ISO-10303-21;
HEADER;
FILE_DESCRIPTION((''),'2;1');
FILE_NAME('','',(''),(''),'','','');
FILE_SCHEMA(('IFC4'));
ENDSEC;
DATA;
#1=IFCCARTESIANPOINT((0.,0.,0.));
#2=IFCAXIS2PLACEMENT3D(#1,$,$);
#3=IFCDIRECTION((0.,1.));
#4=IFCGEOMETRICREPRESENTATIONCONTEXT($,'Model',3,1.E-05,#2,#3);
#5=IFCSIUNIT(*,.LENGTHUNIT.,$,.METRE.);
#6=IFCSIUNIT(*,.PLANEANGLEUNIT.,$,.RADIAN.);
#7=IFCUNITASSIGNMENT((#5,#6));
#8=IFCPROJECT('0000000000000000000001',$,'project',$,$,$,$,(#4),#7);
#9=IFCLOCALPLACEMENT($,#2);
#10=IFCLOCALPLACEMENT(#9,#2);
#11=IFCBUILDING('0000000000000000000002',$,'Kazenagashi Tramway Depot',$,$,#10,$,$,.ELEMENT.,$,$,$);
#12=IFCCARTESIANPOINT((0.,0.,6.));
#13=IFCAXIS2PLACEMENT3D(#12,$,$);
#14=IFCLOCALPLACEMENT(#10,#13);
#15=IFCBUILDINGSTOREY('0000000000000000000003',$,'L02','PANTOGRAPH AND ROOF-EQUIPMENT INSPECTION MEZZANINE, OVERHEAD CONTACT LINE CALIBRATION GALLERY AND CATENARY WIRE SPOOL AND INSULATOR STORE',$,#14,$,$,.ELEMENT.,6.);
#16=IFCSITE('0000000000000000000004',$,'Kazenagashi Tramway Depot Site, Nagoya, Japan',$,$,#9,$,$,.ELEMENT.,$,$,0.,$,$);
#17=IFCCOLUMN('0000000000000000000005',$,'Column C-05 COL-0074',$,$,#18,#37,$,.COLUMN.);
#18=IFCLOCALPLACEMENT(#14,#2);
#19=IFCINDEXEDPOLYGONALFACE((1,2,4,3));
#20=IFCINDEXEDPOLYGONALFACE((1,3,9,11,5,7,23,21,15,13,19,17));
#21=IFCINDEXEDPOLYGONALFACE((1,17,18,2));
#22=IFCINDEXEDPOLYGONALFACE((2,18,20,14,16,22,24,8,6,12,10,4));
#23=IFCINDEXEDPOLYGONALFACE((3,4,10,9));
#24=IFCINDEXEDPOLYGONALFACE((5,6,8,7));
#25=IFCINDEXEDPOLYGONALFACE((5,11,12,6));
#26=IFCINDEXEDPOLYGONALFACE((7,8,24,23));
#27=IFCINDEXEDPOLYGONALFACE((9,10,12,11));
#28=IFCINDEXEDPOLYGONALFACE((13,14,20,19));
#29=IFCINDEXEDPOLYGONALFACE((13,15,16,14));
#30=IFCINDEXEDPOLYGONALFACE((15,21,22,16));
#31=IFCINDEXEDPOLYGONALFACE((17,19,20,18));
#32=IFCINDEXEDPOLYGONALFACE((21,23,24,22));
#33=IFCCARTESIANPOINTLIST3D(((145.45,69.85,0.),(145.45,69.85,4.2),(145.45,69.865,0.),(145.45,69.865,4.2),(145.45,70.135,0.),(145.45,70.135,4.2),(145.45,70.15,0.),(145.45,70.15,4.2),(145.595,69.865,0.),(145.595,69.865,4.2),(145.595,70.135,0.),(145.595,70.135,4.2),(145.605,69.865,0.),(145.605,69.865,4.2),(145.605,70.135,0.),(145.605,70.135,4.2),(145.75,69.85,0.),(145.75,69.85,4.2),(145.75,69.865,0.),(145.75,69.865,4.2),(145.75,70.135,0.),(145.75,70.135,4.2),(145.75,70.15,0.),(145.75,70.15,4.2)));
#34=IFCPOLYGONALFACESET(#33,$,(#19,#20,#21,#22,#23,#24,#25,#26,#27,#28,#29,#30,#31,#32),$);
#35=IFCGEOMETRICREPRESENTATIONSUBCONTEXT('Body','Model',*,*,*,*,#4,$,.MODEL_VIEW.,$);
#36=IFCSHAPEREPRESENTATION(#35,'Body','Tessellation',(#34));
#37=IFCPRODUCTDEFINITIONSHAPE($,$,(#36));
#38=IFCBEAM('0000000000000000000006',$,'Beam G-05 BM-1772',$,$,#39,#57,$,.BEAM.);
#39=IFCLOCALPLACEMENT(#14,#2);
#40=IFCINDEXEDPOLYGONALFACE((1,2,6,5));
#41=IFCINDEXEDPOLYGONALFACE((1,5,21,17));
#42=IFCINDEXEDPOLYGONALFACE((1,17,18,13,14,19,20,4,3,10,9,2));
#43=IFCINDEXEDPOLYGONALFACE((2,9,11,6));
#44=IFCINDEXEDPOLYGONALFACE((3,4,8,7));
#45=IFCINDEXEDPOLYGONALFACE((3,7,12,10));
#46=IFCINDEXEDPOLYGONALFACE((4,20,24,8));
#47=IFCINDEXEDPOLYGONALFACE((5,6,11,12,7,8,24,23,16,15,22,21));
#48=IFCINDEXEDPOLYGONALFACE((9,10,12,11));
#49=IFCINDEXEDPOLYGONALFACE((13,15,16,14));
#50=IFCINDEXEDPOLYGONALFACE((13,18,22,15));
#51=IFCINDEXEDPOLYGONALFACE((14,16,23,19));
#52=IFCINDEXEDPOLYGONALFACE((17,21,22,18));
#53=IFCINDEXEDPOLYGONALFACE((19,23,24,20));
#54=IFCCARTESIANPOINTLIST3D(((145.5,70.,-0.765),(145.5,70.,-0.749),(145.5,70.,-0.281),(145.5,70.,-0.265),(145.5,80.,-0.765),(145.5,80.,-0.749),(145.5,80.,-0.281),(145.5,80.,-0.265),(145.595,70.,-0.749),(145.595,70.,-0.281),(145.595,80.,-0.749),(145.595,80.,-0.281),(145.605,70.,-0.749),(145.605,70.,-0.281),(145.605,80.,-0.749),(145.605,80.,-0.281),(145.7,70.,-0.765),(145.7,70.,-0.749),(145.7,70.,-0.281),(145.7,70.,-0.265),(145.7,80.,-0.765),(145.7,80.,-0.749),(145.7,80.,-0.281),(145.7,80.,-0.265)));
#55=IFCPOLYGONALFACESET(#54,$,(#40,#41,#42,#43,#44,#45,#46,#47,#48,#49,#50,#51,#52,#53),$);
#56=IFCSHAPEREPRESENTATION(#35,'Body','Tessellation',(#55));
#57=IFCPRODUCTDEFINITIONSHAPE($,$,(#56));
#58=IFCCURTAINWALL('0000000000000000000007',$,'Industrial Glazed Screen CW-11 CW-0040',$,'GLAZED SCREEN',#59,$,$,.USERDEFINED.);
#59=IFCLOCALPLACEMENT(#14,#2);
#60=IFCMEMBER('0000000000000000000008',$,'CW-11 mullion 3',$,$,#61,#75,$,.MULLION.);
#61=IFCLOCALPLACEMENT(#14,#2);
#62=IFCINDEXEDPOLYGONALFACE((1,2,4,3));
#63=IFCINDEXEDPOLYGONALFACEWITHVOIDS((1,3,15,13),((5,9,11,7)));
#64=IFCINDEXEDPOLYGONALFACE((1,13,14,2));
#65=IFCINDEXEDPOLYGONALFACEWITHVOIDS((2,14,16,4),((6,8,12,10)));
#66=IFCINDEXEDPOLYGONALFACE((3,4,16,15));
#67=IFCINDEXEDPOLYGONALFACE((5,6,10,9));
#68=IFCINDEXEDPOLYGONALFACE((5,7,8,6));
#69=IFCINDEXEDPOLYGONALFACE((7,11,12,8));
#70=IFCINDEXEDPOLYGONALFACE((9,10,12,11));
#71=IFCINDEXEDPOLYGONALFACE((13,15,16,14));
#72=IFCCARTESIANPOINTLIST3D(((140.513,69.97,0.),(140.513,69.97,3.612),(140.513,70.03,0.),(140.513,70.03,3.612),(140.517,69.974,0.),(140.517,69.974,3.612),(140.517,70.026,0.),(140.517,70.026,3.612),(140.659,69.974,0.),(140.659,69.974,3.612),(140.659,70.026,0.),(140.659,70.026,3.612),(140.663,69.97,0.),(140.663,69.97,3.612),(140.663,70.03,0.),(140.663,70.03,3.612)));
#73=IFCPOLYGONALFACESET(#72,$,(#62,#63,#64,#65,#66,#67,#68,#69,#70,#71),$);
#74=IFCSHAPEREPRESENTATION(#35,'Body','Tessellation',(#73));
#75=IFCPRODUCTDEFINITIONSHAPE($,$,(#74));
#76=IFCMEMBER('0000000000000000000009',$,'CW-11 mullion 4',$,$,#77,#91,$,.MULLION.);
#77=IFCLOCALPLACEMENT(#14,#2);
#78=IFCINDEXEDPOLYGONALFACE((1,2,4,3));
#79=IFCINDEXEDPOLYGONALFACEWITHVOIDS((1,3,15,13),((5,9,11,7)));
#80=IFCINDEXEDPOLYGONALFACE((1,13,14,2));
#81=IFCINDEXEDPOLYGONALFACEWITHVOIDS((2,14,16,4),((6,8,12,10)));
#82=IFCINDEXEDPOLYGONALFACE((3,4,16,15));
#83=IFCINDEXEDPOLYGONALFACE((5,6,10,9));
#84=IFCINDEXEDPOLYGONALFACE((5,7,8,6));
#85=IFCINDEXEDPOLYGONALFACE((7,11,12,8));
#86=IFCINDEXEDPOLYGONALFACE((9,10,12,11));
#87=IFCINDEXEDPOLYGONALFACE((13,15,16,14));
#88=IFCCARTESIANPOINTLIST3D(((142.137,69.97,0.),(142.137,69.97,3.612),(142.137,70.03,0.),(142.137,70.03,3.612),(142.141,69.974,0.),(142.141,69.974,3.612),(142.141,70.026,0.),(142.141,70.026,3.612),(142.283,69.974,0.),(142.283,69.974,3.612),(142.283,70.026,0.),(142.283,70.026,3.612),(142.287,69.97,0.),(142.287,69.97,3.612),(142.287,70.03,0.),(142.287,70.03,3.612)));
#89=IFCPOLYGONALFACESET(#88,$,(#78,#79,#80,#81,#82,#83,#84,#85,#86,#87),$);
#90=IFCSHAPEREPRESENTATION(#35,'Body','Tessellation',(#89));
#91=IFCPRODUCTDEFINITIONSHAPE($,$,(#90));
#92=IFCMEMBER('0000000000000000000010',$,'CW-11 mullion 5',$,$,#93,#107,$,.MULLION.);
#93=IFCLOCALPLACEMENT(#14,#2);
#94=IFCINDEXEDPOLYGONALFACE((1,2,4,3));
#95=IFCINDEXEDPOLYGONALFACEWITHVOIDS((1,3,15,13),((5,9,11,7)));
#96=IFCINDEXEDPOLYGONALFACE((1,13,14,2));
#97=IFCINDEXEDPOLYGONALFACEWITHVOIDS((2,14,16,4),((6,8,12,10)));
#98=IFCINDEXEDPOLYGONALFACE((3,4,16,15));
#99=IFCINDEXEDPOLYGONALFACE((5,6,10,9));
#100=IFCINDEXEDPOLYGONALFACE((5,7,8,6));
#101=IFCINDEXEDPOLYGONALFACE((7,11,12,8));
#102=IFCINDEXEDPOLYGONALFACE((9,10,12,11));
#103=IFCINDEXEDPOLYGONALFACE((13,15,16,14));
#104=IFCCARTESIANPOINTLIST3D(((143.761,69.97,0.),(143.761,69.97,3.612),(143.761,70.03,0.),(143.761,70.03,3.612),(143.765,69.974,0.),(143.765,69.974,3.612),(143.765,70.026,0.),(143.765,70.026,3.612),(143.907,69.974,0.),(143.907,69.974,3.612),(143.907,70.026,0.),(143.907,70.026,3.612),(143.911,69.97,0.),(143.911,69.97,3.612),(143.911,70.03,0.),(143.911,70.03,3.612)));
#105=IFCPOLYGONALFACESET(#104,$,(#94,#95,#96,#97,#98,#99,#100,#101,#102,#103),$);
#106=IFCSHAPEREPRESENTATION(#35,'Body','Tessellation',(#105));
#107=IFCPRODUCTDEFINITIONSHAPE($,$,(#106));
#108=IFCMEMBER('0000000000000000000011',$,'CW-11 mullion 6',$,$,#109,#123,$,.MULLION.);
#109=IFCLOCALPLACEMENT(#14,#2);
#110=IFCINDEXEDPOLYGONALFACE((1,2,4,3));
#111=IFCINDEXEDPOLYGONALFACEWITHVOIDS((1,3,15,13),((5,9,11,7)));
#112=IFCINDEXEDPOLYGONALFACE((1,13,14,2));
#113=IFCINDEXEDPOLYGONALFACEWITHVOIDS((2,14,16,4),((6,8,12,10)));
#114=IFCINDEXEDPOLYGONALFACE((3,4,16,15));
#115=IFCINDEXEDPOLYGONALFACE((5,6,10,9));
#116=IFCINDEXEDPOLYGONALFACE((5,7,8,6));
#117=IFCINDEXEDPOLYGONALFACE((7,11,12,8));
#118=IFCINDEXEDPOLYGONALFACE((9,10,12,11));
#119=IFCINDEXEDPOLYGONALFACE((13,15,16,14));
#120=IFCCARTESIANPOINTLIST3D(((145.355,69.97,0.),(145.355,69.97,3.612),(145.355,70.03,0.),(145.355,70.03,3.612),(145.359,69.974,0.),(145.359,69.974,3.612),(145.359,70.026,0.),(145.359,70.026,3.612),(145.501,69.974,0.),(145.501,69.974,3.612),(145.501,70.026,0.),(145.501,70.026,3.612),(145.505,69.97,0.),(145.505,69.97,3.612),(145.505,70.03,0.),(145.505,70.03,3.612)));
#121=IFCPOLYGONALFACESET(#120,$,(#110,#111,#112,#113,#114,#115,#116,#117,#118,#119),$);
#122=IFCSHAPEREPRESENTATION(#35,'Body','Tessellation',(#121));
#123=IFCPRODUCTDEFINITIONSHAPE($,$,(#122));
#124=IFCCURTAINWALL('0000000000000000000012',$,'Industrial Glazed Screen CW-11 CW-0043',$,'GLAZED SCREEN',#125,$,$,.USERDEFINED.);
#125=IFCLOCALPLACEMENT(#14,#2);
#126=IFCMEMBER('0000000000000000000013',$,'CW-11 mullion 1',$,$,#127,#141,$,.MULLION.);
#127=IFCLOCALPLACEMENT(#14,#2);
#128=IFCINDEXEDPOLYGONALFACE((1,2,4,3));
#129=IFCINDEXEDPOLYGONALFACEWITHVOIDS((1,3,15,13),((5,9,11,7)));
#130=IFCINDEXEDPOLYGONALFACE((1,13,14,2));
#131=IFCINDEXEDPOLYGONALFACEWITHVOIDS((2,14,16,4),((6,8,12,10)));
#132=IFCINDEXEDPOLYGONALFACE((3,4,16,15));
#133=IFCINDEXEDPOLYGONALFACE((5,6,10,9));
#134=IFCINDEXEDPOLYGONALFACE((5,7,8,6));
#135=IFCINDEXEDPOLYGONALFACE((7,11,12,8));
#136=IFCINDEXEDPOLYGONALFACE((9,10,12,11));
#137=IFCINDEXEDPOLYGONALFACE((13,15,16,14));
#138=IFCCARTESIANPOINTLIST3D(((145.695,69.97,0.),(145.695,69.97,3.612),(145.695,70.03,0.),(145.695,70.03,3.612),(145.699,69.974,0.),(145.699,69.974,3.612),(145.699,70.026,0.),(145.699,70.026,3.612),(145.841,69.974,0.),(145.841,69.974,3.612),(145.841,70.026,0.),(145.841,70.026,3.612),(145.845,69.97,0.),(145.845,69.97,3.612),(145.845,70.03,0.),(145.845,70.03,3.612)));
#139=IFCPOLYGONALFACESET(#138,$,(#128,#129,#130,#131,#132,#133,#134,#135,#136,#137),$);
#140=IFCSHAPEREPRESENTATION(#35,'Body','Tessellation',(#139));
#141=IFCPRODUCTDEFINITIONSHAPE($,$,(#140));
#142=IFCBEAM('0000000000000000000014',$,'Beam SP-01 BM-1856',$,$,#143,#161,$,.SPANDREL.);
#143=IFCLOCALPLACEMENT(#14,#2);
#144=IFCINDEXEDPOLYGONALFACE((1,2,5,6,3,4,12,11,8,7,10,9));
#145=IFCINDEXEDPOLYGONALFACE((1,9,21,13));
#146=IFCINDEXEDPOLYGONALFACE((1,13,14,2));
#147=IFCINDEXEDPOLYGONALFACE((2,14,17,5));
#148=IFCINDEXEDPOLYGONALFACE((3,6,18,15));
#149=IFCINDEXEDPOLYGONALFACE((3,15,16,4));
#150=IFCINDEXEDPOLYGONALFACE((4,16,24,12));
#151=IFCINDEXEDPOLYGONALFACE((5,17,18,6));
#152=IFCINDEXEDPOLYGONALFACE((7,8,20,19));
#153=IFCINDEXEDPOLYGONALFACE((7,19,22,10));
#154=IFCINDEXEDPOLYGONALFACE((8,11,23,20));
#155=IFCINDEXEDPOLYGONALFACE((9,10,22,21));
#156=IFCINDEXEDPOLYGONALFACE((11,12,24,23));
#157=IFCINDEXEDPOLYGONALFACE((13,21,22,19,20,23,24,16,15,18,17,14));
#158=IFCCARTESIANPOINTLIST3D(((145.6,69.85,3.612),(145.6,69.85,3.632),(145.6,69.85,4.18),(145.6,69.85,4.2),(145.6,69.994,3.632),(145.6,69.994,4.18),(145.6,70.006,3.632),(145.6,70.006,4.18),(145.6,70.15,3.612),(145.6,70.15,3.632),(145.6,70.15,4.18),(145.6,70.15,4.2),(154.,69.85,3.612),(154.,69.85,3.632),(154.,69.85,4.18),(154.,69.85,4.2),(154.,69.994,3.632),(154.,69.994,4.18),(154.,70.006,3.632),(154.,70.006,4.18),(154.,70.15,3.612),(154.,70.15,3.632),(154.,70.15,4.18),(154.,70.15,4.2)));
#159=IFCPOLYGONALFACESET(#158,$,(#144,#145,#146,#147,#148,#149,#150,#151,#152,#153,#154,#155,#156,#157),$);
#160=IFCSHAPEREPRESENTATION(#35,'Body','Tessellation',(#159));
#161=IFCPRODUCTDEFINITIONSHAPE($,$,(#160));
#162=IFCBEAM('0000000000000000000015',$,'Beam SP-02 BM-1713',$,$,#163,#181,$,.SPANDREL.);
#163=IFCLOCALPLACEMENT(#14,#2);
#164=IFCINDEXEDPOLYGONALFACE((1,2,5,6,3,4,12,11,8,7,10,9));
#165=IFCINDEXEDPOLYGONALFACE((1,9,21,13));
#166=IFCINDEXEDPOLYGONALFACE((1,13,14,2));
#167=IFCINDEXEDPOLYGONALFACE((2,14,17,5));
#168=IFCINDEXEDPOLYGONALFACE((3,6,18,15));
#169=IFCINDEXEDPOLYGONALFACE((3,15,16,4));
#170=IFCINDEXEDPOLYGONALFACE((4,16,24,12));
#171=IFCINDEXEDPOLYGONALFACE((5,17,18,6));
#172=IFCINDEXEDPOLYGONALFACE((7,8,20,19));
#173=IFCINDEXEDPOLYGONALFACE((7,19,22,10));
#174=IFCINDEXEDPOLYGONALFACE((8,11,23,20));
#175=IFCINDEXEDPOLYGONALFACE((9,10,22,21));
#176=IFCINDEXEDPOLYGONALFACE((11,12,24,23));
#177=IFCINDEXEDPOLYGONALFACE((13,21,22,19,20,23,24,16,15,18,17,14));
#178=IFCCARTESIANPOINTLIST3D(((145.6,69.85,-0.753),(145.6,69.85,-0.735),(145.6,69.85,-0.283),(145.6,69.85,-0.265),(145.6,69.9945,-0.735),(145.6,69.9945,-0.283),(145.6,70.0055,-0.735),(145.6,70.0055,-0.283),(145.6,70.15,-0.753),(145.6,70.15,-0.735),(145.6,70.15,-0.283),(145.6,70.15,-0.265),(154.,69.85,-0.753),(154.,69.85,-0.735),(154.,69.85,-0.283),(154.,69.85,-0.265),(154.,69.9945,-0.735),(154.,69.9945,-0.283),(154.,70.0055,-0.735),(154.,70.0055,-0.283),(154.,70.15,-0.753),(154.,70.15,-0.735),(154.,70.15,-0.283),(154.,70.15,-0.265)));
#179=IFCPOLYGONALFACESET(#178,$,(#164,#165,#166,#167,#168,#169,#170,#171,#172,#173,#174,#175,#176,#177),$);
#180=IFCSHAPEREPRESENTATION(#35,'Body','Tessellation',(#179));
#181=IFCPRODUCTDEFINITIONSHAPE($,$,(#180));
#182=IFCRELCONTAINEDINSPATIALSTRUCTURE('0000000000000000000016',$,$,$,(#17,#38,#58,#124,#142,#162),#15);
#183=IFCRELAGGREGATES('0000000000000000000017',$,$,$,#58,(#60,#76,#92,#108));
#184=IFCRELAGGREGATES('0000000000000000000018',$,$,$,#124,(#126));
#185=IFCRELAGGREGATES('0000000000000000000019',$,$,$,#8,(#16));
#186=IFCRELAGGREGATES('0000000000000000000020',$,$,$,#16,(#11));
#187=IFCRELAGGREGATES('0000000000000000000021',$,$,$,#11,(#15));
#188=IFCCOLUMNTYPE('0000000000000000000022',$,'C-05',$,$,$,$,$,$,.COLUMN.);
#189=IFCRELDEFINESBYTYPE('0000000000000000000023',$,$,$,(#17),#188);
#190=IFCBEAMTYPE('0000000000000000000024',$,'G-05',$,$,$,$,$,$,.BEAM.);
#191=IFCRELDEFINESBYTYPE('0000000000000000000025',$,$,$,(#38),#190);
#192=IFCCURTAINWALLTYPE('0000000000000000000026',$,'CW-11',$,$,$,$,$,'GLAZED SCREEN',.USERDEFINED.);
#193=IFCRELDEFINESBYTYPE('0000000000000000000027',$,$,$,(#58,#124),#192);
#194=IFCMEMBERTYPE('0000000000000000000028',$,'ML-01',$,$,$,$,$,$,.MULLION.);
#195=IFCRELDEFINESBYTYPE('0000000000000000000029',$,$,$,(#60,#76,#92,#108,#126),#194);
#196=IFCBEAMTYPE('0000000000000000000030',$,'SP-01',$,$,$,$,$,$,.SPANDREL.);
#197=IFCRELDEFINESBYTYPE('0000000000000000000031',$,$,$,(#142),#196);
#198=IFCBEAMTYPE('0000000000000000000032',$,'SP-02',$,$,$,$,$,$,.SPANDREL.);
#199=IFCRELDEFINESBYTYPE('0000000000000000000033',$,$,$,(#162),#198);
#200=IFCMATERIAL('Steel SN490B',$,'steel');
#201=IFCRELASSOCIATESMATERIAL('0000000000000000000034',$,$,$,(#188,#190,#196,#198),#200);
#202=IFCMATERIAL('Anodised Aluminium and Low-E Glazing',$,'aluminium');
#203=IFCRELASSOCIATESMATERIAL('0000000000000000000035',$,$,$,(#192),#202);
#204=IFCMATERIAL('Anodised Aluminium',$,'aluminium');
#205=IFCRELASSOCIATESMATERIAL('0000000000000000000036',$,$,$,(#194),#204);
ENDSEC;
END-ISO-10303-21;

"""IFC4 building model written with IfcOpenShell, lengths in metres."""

from ifc_helpers import new_model, si_unit, direction, frame, origin, origin_2d, place, context, subcontext, project, spatial, hollow_rectangle, i_section, extrude, material, material_profile, profile_set, type_object, element, aggregate, save


model = new_model("IFC4")

# Units and contexts
model_context = context("Model", 3, precision=1e-05, world=origin(), true_north=direction((0.0, 1.0)))
body_context = subcontext(model_context, "Body", "Model", "MODEL_VIEW")
ifc_project = project(units=[si_unit("LENGTHUNIT", "METRE"), si_unit("PLANEANGLEUNIT", "RADIAN")], contexts=[model_context])

# Site, building, storey
site_placement = place(None, origin())
site = spatial("IfcSite", under=ifc_project, at=site_placement, Name="Kazenagashi Tramway Depot Site, Nagoya, Japan", CompositionType="ELEMENT", RefElevation=0.0)
building_placement = place(site_placement, origin())
building = spatial("IfcBuilding", under=site, at=building_placement, Name="Kazenagashi Tramway Depot", CompositionType="ELEMENT")
storey_placement = place(building_placement, frame((0.0, 0.0, 6.0)))
storey = spatial("IfcBuildingStorey", under=building, at=storey_placement, Name="L02", Description="PANTOGRAPH AND ROOF-EQUIPMENT INSPECTION MEZZANINE, OVERHEAD CONTACT LINE CALIBRATION GALLERY AND CATENARY WIRE SPOOL AND INSULATOR STORE", CompositionType="ELEMENT", Elevation=6.0)

# Column
ifc_material_1 = material(Name="Steel SN490B", Category="steel")
ifc_material_profile_1 = material_profile(ifc_material_1, i_section(OverallWidth=0.3, OverallDepth=0.3, WebThickness=0.01, FlangeThickness=0.015, at=origin_2d()), Name="H-300x300x10x15")
ifc_profile_set_1 = profile_set([ifc_material_profile_1], Name="Steel SN490B")
column_type = type_object("IfcColumnType", Name="C-05", PredefinedType="COLUMN", material=ifc_profile_set_1)
column_placement = place(storey_placement, frame((145.6, 70.0, 0.0), z_axis=(0.0, 0.0, 1.0), x_axis=(1.0, 0.0, 0.0)))
element("IfcColumn", 1, at=column_placement, inside=storey, type_object=column_type, Name="Column C-05 COL-0074", PredefinedType="COLUMN", context=body_context, shape_type="SweptSolid", body=[
    extrude(i_section(OverallWidth=0.3, OverallDepth=0.3, WebThickness=0.01, FlangeThickness=0.015, at=origin_2d()), origin(), (0.0, 0.0, 1.0), 4.2),
])

# Beam
ifc_material_profile_2 = material_profile(ifc_material_1, i_section(OverallWidth=0.2, OverallDepth=0.5, WebThickness=0.01, FlangeThickness=0.016, at=origin_2d()), Name="H-500x200x10x16")
ifc_profile_set_2 = profile_set([ifc_material_profile_2], Name="Steel SN490B")
beam_type_1 = type_object("IfcBeamType", Name="G-05", PredefinedType="BEAM", material=ifc_profile_set_2)
beam_1_placement = place(storey_placement, frame((145.6, 70.0, -0.515), z_axis=(0.0, 1.0, 0.0), x_axis=(-1.0, 0.0, 0.0)))
element("IfcBeam", 2, at=beam_1_placement, inside=storey, type_object=beam_type_1, Name="Beam G-05 BM-1772", PredefinedType="BEAM", context=body_context, shape_type="SweptSolid", body=[
    extrude(i_section(OverallWidth=0.2, OverallDepth=0.5, WebThickness=0.01, FlangeThickness=0.016, at=origin_2d()), origin(), (0.0, 0.0, 1.0), 10.0),
])

# Curtain wall, members
ifc_material_2 = material(Name="Anodised Aluminium and Low-E Glazing", Category="aluminium")
curtain_wall_type = type_object("IfcCurtainWallType", Name="CW-11", ElementType="GLAZED SCREEN", PredefinedType="USERDEFINED", material=ifc_material_2)
curtain_wall_1_placement = place(storey_placement, origin())
curtain_wall_1 = element("IfcCurtainWall", 3, at=curtain_wall_1_placement, inside=storey, type_object=curtain_wall_type, Name="Industrial Glazed Screen CW-11 CW-0040", ObjectType="GLAZED SCREEN", PredefinedType="USERDEFINED")
ifc_material_3 = material(Name="Anodised Aluminium", Category="aluminium")
ifc_material_profile_3 = material_profile(ifc_material_3, hollow_rectangle(XDim=0.06, YDim=0.15, WallThickness=0.004, at=origin_2d()), Name="RHS-150x60x4")
ifc_profile_set_3 = profile_set([ifc_material_profile_3], Name="Anodised Aluminium")
member_type_1 = type_object("IfcMemberType", Name="ML-01", PredefinedType="MULLION", material=ifc_profile_set_3)
member_1_placement = place(storey_placement, frame((140.588, 70.0, 0.0), z_axis=(0.0, 0.0, 1.0), x_axis=(0.0, 1.0, 0.0)))
member_1 = element("IfcMember", 4, at=member_1_placement, type_object=member_type_1, Name="CW-11 mullion 3", PredefinedType="MULLION", context=body_context, shape_type="SweptSolid", body=[
    extrude(hollow_rectangle(XDim=0.06, YDim=0.15, WallThickness=0.004, at=origin_2d()), origin(), (0.0, 0.0, 1.0), 3.612),
])
member_2_placement = place(storey_placement, frame((142.212, 70.0, 0.0), z_axis=(0.0, 0.0, 1.0), x_axis=(0.0, 1.0, 0.0)))
member_2 = element("IfcMember", 5, at=member_2_placement, type_object=member_type_1, Name="CW-11 mullion 4", PredefinedType="MULLION", context=body_context, shape_type="SweptSolid", body=[
    extrude(hollow_rectangle(XDim=0.06, YDim=0.15, WallThickness=0.004, at=origin_2d()), origin(), (0.0, 0.0, 1.0), 3.612),
])
member_3_placement = place(storey_placement, frame((143.836, 70.0, 0.0), z_axis=(0.0, 0.0, 1.0), x_axis=(0.0, 1.0, 0.0)))
member_3 = element("IfcMember", 6, at=member_3_placement, type_object=member_type_1, Name="CW-11 mullion 5", PredefinedType="MULLION", context=body_context, shape_type="SweptSolid", body=[
    extrude(hollow_rectangle(XDim=0.06, YDim=0.15, WallThickness=0.004, at=origin_2d()), origin(), (0.0, 0.0, 1.0), 3.612),
])
member_4_placement = place(storey_placement, frame((145.43, 70.0, 0.0), z_axis=(0.0, 0.0, 1.0), x_axis=(0.0, 1.0, 0.0)))
member_4 = element("IfcMember", 7, at=member_4_placement, type_object=member_type_1, Name="CW-11 mullion 6", PredefinedType="MULLION", context=body_context, shape_type="SweptSolid", body=[
    extrude(hollow_rectangle(XDim=0.06, YDim=0.15, WallThickness=0.004, at=origin_2d()), origin(), (0.0, 0.0, 1.0), 3.612),
])

# Curtain wall, member
curtain_wall_2_placement = place(storey_placement, origin())
curtain_wall_2 = element("IfcCurtainWall", 8, at=curtain_wall_2_placement, inside=storey, type_object=curtain_wall_type, Name="Industrial Glazed Screen CW-11 CW-0043", ObjectType="GLAZED SCREEN", PredefinedType="USERDEFINED")
member_5_placement = place(storey_placement, frame((145.77, 70.0, 0.0), z_axis=(0.0, 0.0, 1.0), x_axis=(0.0, 1.0, 0.0)))
member_5 = element("IfcMember", 9, at=member_5_placement, type_object=member_type_1, Name="CW-11 mullion 1", PredefinedType="MULLION", context=body_context, shape_type="SweptSolid", body=[
    extrude(hollow_rectangle(XDim=0.06, YDim=0.15, WallThickness=0.004, at=origin_2d()), origin(), (0.0, 0.0, 1.0), 3.612),
])

# Beams
ifc_material_profile_4 = material_profile(ifc_material_1, i_section(OverallWidth=0.3, OverallDepth=0.588, WebThickness=0.012, FlangeThickness=0.02, at=origin_2d()), Name="H-588x300x12x20")
ifc_profile_set_4 = profile_set([ifc_material_profile_4], Name="Steel SN490B")
beam_type_2 = type_object("IfcBeamType", Name="SP-01", PredefinedType="SPANDREL", material=ifc_profile_set_4)
beam_2_placement = place(storey_placement, frame((145.6, 70.0, 3.906), z_axis=(1.0, 0.0, 0.0), x_axis=(0.0, 1.0, 0.0)))
element("IfcBeam", 10, at=beam_2_placement, inside=storey, type_object=beam_type_2, Name="Beam SP-01 BM-1856", PredefinedType="SPANDREL", context=body_context, shape_type="SweptSolid", body=[
    extrude(i_section(OverallWidth=0.3, OverallDepth=0.588, WebThickness=0.012, FlangeThickness=0.02, at=origin_2d()), origin(), (0.0, 0.0, 1.0), 8.4),
])
ifc_material_profile_5 = material_profile(ifc_material_1, i_section(OverallWidth=0.3, OverallDepth=0.488, WebThickness=0.011, FlangeThickness=0.018, at=origin_2d()), Name="H-488x300x11x18")
ifc_profile_set_5 = profile_set([ifc_material_profile_5], Name="Steel SN490B")
beam_type_3 = type_object("IfcBeamType", Name="SP-02", PredefinedType="SPANDREL", material=ifc_profile_set_5)
beam_3_placement = place(storey_placement, frame((145.6, 70.0, -0.509), z_axis=(1.0, 0.0, 0.0), x_axis=(0.0, 1.0, 0.0)))
element("IfcBeam", 11, at=beam_3_placement, inside=storey, type_object=beam_type_3, Name="Beam SP-02 BM-1713", PredefinedType="SPANDREL", context=body_context, shape_type="SweptSolid", body=[
    extrude(i_section(OverallWidth=0.3, OverallDepth=0.488, WebThickness=0.011, FlangeThickness=0.018, at=origin_2d()), origin(), (0.0, 0.0, 1.0), 8.4),
])

aggregate(curtain_wall_1, [member_1, member_2, member_3, member_4])
aggregate(curtain_wall_2, [member_5])

save(model, "model.ifc")
